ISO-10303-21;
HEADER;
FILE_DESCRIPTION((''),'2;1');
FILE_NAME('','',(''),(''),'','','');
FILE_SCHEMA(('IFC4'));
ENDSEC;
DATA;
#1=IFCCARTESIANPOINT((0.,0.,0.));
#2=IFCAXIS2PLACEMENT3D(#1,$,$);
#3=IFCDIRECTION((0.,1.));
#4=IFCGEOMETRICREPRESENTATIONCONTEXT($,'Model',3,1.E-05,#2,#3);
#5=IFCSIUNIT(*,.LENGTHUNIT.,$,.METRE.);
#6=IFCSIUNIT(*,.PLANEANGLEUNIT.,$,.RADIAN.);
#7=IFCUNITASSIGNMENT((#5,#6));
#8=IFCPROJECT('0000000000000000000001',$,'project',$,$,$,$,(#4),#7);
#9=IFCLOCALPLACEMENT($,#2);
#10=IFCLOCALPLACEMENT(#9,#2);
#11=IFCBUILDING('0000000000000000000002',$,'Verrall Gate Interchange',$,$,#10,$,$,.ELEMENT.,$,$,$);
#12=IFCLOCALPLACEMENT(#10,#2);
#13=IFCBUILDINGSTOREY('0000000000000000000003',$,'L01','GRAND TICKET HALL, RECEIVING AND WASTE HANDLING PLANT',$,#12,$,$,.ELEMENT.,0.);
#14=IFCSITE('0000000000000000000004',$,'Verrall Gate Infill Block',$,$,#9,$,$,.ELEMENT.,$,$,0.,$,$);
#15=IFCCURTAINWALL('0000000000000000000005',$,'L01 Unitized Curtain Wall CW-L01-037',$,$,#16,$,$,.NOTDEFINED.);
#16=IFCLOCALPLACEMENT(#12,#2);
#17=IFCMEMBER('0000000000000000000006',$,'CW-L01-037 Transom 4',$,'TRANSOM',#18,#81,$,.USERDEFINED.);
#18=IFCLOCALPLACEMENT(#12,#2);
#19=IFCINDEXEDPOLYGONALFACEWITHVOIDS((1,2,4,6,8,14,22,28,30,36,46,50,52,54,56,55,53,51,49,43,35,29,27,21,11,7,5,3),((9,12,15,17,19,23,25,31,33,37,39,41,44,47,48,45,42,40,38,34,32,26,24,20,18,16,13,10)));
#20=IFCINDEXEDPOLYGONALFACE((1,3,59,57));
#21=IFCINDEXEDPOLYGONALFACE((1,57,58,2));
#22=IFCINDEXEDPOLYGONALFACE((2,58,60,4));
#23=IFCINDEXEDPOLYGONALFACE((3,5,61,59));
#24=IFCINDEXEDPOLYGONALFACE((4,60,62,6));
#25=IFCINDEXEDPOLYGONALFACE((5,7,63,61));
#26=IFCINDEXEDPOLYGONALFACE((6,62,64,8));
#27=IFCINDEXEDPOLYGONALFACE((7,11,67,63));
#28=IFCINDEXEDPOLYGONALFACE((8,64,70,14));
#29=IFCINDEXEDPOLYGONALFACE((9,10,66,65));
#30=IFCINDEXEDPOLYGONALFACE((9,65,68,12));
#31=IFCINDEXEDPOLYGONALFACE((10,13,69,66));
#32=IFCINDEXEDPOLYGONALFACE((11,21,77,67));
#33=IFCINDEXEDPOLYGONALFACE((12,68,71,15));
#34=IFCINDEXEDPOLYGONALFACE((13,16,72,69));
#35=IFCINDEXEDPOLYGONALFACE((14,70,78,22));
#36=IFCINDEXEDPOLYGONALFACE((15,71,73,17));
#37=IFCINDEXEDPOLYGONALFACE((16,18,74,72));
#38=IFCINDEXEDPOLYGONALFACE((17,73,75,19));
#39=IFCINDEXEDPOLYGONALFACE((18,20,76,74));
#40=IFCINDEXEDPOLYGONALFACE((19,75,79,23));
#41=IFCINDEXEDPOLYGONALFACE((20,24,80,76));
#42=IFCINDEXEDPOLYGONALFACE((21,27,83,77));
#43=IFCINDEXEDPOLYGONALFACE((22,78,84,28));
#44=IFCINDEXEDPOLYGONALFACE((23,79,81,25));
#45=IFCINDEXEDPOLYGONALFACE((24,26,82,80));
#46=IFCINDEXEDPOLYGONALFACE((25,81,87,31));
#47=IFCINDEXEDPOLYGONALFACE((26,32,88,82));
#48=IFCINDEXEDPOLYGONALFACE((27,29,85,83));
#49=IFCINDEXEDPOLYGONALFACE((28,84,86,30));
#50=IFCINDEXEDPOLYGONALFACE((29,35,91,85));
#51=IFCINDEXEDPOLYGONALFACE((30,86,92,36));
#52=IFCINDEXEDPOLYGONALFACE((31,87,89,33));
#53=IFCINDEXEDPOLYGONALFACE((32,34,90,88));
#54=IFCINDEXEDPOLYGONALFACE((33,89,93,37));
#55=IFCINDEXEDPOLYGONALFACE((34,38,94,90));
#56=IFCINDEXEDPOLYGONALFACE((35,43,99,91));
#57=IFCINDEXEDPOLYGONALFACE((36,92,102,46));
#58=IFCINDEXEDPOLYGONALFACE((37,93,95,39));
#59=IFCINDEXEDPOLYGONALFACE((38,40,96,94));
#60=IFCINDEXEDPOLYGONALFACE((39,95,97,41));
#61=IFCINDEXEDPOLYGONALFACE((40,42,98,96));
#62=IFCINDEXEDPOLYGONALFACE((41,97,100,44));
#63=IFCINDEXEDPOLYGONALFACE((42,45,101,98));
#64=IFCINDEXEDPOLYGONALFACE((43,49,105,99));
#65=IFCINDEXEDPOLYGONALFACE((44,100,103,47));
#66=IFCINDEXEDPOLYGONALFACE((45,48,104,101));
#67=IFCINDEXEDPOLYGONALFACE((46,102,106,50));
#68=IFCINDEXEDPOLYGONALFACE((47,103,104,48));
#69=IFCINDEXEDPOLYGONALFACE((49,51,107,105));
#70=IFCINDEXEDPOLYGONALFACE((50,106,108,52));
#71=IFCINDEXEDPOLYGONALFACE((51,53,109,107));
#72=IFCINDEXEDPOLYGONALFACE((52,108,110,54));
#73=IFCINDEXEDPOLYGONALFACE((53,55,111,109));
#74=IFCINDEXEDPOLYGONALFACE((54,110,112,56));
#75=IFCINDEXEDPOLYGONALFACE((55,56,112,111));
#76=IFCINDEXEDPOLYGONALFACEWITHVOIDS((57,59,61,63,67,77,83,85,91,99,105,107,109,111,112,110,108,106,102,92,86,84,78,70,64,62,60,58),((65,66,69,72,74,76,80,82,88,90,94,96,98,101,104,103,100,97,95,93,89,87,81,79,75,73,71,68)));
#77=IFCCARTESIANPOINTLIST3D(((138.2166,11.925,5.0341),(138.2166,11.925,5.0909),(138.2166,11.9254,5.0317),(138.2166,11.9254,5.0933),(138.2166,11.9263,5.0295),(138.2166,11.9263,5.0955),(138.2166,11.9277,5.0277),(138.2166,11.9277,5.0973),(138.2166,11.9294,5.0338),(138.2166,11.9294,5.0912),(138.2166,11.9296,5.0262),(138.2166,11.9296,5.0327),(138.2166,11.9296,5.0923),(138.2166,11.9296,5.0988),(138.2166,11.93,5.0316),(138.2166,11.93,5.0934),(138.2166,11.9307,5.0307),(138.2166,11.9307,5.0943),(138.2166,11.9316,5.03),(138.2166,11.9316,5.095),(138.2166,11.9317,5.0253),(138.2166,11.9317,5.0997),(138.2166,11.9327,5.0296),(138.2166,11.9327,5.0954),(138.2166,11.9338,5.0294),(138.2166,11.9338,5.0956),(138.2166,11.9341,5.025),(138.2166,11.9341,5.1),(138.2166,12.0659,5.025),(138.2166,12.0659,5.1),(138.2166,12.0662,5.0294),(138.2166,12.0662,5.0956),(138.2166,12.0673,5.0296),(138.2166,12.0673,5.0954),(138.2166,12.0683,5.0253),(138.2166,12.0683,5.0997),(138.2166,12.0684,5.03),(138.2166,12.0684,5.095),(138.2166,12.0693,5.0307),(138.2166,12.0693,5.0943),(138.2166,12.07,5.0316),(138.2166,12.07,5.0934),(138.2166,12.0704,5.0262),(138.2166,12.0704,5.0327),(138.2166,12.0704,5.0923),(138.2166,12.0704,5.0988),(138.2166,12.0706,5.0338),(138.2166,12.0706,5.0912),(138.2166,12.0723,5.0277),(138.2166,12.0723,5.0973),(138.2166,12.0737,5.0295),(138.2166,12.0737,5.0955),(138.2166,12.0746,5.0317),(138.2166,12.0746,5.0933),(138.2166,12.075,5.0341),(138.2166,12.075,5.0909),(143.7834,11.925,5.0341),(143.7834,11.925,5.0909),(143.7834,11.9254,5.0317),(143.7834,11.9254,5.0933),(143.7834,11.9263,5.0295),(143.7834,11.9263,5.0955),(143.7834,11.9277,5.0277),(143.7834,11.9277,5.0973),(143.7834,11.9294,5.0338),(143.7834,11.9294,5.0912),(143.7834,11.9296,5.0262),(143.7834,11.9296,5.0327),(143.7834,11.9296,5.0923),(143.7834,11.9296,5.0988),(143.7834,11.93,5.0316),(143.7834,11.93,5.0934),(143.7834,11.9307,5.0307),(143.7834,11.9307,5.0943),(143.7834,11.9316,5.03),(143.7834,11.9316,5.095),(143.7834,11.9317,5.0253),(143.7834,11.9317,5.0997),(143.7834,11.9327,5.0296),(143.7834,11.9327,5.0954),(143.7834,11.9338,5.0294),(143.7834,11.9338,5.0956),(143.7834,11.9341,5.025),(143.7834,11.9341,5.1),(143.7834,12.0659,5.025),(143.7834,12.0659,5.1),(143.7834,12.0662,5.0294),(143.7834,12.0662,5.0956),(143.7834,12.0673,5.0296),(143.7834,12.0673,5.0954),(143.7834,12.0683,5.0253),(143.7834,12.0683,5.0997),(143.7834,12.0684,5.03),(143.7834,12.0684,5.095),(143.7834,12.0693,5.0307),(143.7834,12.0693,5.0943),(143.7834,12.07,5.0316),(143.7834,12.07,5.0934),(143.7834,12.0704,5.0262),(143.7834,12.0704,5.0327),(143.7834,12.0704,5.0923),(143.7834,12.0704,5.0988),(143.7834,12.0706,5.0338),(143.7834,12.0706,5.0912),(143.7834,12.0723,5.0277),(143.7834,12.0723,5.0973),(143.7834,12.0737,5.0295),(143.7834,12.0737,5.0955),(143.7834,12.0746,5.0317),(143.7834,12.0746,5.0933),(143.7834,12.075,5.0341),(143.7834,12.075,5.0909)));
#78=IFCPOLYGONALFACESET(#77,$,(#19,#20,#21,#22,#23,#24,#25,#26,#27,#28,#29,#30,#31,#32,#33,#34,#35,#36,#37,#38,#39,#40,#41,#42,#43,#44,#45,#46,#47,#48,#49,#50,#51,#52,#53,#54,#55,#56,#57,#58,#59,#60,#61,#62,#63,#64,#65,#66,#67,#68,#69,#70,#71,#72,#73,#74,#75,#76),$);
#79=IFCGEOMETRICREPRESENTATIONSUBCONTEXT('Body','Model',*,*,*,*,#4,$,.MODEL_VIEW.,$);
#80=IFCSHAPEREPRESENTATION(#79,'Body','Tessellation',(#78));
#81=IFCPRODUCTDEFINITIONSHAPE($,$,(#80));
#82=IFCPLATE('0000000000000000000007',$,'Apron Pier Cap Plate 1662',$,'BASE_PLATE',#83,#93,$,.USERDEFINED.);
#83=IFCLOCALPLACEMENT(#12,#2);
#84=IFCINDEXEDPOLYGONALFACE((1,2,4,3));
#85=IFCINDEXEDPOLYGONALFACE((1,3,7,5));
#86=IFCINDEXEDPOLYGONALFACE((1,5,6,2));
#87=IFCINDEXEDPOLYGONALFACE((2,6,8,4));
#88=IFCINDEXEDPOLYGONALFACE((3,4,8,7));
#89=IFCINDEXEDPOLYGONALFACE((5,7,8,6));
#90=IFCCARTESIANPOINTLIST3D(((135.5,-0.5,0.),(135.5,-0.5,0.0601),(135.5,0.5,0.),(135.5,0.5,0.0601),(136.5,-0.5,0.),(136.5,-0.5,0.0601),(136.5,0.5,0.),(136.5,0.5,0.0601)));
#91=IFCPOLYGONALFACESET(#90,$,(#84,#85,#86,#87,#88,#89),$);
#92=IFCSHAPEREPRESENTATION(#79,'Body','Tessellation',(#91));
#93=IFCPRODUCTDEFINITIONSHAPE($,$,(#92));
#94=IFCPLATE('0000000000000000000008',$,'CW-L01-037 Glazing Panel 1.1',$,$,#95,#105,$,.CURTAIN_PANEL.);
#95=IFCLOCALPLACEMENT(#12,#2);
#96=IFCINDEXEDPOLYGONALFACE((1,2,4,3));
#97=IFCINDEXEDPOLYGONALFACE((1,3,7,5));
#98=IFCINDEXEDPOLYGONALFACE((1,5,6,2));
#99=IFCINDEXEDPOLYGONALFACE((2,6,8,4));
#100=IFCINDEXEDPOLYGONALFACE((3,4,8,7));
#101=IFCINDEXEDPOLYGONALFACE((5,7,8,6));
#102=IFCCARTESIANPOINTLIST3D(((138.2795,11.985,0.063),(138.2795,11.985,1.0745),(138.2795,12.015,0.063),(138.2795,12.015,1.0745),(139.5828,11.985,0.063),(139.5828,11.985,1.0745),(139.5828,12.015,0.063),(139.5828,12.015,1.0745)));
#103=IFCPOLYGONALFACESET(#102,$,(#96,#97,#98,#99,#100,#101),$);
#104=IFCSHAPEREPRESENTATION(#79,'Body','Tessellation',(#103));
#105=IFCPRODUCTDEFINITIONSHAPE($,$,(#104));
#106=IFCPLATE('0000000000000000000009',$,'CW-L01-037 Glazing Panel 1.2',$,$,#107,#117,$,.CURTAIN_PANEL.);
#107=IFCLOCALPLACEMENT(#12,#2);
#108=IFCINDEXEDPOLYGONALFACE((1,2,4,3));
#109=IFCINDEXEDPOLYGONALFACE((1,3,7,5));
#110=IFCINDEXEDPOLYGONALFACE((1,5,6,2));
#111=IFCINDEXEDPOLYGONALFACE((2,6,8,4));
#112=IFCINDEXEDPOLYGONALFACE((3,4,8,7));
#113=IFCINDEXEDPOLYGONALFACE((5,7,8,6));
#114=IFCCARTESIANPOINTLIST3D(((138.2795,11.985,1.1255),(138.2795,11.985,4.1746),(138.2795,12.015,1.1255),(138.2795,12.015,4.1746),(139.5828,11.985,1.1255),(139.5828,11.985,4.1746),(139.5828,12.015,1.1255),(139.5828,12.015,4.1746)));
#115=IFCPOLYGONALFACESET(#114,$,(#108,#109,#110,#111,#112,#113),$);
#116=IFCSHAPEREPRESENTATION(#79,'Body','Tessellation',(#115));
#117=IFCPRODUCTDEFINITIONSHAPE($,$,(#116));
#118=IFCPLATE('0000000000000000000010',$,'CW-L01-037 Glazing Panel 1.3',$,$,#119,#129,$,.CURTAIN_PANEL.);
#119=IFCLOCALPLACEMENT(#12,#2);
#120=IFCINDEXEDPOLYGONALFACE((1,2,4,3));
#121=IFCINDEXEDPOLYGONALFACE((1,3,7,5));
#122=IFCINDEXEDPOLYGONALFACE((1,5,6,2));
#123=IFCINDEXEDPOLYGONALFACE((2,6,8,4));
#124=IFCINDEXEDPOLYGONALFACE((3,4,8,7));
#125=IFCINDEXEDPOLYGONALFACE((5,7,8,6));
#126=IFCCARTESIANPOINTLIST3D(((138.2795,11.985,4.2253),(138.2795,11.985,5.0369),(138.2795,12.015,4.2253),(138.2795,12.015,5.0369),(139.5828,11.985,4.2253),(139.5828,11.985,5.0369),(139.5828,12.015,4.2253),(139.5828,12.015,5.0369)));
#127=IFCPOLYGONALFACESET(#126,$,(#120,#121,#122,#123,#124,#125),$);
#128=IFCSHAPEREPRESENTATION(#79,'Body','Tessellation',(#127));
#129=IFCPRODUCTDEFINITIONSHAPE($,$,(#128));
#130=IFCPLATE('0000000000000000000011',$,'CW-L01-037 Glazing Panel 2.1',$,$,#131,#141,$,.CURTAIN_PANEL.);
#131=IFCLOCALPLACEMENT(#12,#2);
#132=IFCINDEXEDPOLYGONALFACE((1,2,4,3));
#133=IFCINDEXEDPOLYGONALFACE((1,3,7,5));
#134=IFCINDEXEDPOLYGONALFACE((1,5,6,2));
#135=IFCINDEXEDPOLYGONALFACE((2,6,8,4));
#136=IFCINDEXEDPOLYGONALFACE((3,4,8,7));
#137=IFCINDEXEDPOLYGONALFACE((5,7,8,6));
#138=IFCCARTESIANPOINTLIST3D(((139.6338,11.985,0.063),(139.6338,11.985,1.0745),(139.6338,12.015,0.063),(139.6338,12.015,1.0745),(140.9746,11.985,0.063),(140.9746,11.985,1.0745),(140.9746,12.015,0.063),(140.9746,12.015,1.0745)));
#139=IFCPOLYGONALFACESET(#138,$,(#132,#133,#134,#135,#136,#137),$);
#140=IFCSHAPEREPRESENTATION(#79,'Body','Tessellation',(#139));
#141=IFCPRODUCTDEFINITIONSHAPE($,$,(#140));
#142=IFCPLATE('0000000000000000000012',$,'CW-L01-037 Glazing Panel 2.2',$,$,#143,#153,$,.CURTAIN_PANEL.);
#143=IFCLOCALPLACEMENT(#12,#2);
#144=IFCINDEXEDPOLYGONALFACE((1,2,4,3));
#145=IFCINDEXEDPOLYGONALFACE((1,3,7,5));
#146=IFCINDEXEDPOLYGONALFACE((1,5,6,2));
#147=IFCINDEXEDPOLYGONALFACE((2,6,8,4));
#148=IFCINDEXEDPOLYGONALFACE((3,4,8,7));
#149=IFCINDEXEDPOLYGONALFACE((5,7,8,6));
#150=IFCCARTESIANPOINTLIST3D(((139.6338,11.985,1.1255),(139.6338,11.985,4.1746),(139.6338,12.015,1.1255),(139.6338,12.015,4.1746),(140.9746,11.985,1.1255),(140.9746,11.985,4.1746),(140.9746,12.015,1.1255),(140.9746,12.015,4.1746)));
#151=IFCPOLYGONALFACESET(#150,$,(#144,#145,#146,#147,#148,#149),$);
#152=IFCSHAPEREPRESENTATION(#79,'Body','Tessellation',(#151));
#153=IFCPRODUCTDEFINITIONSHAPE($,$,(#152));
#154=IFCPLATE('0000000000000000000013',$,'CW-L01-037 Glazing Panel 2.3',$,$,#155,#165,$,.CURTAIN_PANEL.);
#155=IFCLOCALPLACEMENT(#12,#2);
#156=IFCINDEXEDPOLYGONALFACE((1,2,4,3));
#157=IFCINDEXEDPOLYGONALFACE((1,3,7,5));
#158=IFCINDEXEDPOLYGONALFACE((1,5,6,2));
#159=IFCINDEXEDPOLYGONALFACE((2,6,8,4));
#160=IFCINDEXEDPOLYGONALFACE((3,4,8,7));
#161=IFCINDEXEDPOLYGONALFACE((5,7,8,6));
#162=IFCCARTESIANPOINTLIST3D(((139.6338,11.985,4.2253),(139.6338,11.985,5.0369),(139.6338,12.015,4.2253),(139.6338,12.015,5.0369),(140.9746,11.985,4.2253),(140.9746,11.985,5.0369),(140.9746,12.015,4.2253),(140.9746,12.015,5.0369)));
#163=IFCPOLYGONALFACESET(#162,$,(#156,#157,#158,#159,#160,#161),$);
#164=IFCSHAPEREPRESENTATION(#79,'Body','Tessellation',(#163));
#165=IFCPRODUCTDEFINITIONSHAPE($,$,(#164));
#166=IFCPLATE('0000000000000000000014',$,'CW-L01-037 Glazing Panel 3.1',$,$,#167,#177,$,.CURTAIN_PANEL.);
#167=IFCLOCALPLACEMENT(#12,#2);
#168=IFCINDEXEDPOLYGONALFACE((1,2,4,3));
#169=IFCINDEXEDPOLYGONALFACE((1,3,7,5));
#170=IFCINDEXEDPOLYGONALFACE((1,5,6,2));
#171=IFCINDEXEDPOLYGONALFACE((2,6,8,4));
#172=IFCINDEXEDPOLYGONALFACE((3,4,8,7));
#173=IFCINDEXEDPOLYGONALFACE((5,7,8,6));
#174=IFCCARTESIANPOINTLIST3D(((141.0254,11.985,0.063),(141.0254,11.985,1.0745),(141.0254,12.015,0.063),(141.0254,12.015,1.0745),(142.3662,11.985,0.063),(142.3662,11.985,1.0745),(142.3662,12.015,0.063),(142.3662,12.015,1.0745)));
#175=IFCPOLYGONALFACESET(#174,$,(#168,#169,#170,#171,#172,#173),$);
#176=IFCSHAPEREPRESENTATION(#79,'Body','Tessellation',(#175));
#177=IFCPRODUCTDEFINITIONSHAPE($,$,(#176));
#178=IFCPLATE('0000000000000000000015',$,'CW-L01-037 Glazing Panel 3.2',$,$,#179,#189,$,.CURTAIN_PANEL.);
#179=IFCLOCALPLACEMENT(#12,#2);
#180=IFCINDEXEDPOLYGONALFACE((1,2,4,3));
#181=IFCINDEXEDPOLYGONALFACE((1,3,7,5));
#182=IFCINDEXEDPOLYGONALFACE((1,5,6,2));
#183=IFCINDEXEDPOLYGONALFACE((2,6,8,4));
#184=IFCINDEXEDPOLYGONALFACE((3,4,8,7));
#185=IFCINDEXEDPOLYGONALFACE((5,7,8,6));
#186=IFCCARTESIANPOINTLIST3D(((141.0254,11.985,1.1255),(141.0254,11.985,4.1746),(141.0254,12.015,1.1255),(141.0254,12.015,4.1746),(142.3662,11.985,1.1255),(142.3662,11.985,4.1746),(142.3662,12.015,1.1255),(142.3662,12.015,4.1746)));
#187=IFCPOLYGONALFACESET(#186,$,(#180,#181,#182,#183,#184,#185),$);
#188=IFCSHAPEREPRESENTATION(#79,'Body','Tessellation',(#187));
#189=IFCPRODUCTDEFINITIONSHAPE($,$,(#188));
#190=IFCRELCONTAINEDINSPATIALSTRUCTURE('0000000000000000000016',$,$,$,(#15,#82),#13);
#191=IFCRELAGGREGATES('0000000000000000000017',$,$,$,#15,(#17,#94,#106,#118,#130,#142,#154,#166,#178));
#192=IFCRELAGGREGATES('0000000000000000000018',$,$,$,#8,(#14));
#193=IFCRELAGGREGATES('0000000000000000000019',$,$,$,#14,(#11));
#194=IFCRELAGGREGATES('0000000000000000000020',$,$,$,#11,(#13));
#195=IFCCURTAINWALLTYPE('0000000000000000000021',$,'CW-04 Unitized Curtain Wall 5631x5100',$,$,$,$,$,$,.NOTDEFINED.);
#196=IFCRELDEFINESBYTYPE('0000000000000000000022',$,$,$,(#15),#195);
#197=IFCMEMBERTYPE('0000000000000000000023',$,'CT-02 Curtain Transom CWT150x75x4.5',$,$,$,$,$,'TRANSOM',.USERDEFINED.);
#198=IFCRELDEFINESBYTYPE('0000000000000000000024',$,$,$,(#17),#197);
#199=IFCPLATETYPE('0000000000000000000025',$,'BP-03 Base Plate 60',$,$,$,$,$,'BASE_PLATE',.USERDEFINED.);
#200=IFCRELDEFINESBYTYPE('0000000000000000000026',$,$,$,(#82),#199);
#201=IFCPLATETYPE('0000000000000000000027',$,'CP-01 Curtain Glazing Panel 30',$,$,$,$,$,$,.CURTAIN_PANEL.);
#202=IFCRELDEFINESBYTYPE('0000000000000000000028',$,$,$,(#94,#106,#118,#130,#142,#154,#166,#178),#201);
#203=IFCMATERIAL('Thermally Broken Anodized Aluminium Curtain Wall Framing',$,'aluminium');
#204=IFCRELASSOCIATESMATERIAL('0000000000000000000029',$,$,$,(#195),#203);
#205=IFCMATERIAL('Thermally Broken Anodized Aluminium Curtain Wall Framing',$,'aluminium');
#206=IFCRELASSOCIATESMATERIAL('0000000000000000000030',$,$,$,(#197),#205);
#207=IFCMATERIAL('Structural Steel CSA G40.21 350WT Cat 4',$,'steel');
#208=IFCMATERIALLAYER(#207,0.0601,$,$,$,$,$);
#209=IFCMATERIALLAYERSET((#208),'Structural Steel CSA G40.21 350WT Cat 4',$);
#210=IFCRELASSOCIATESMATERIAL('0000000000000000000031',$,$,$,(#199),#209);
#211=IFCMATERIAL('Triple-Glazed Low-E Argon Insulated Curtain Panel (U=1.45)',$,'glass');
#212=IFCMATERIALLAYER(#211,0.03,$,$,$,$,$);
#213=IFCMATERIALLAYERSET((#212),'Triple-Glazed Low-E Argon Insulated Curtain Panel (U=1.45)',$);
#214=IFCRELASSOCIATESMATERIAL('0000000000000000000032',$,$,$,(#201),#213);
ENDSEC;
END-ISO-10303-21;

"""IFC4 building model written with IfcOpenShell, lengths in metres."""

from ifc_helpers import new_model, si_unit, direction, frame, origin, origin_2d, place, context, subcontext, project, spatial, rectangle, hollow_rectangle, extrude, material, layer, layer_set, material_profile, profile_set, type_object, element, aggregate, save


model = new_model("IFC4")

# Units and contexts
model_context = context("Model", 3, precision=1e-05, world=origin(), true_north=direction((0.0, 1.0)))
body_context = subcontext(model_context, "Body", "Model", "MODEL_VIEW")
ifc_project = project(units=[si_unit("LENGTHUNIT", "METRE"), si_unit("PLANEANGLEUNIT", "RADIAN")], contexts=[model_context])

# Site, building, storey
site_placement = place(None, origin())
site = spatial("IfcSite", under=ifc_project, at=site_placement, Name="Verrall Gate Infill Block", CompositionType="ELEMENT", RefElevation=0.0)
building_placement = place(site_placement, origin())
building = spatial("IfcBuilding", under=site, at=building_placement, Name="Verrall Gate Interchange", CompositionType="ELEMENT")
storey_placement = place(building_placement, origin())
storey = spatial("IfcBuildingStorey", under=building, at=storey_placement, Name="L01", Description="GRAND TICKET HALL, RECEIVING AND WASTE HANDLING PLANT", CompositionType="ELEMENT", Elevation=0.0)

# Curtain wall, member
ifc_material_1 = material(Name="Thermally Broken Anodized Aluminium Curtain Wall Framing", Category="aluminium")
curtain_wall_type = type_object("IfcCurtainWallType", Name="CW-04 Unitized Curtain Wall 5631x5100", PredefinedType="NOTDEFINED", material=ifc_material_1)
curtain_wall_placement = place(storey_placement, origin())
curtain_wall = element("IfcCurtainWall", 1, at=curtain_wall_placement, inside=storey, type_object=curtain_wall_type, Name="L01 Unitized Curtain Wall CW-L01-037", PredefinedType="NOTDEFINED")
ifc_material_2 = material(Name="Thermally Broken Anodized Aluminium Curtain Wall Framing", Category="aluminium")
ifc_material_profile_1 = material_profile(ifc_material_2, hollow_rectangle(XDim=0.1499, YDim=0.075, WallThickness=0.0044, InnerFilletRadius=0.0044, OuterFilletRadius=0.009, at=origin_2d()), Name="CWT150x75x4.5")
ifc_profile_set_1 = profile_set([ifc_material_profile_1], Name="Thermally Broken Anodized Aluminium Curtain Wall Framing")
member_type_1 = type_object("IfcMemberType", Name="CT-02 Curtain Transom CWT150x75x4.5", ElementType="TRANSOM", PredefinedType="USERDEFINED", material=ifc_profile_set_1)
member_1_placement = place(storey_placement, frame((138.2166, 12.0, 5.0625), z_axis=(1.0, 0.0, 0.0), x_axis=(0.0, 1.0, 0.0)))
member_1 = element("IfcMember", 2, at=member_1_placement, type_object=member_type_1, Name="CW-L01-037 Transom 4", ObjectType="TRANSOM", PredefinedType="USERDEFINED", context=body_context, shape_type="SweptSolid", body=[
    extrude(hollow_rectangle(XDim=0.1499, YDim=0.075, WallThickness=0.0044, InnerFilletRadius=0.0044, OuterFilletRadius=0.009, at=origin_2d()), origin(), (0.0, 0.0, 1.0), 5.5669),
])

# Plates
ifc_material_3 = material(Name="Structural Steel CSA G40.21 350WT Cat 4", Category="steel")
ifc_layer_1 = layer(ifc_material_3, 0.0601)
ifc_layer_set_1 = layer_set([ifc_layer_1], Name="Structural Steel CSA G40.21 350WT Cat 4")
plate_type_1 = type_object("IfcPlateType", Name="BP-03 Base Plate 60", ElementType="BASE_PLATE", PredefinedType="USERDEFINED", material=ifc_layer_set_1)
plate_1_placement = place(storey_placement, frame((136.0, 0.0, 0.0), z_axis=(0.0, 0.0, 1.0), x_axis=(1.0, 0.0, 0.0)))
element("IfcPlate", 3, at=plate_1_placement, inside=storey, type_object=plate_type_1, Name="Apron Pier Cap Plate 1662", ObjectType="BASE_PLATE", PredefinedType="USERDEFINED", context=body_context, shape_type="SweptSolid", body=[
    extrude(rectangle(XDim=1.0, YDim=1.0, at=origin_2d()), origin(), (0.0, 0.0, 1.0), 0.0601),
])
ifc_material_4 = material(Name="Triple-Glazed Low-E Argon Insulated Curtain Panel (U=1.45)", Category="glass")
ifc_layer_2 = layer(ifc_material_4, 0.03)
ifc_layer_set_2 = layer_set([ifc_layer_2], Name="Triple-Glazed Low-E Argon Insulated Curtain Panel (U=1.45)")
plate_type_2 = type_object("IfcPlateType", Name="CP-01 Curtain Glazing Panel 30", PredefinedType="CURTAIN_PANEL", material=ifc_layer_set_2)
plate_2_placement = place(storey_placement, frame((138.9312, 12.0, 0.063), z_axis=(0.0, 0.0, 1.0), x_axis=(1.0, 0.0, 0.0)))
plate_2 = element("IfcPlate", 4, at=plate_2_placement, type_object=plate_type_2, Name="CW-L01-037 Glazing Panel 1.1", PredefinedType="CURTAIN_PANEL", context=body_context, shape_type="SweptSolid", body=[
    extrude(rectangle(XDim=1.3032, YDim=0.03, at=origin_2d()), origin(), (0.0, 0.0, 1.0), 1.0115),
])
plate_3_placement = place(storey_placement, frame((138.9312, 12.0, 1.1255), z_axis=(0.0, 0.0, 1.0), x_axis=(1.0, 0.0, 0.0)))
plate_3 = element("IfcPlate", 5, at=plate_3_placement, type_object=plate_type_2, Name="CW-L01-037 Glazing Panel 1.2", PredefinedType="CURTAIN_PANEL", context=body_context, shape_type="SweptSolid", body=[
    extrude(rectangle(XDim=1.3032, YDim=0.03, at=origin_2d()), origin(), (0.0, 0.0, 1.0), 3.0491),
])
plate_4_placement = place(storey_placement, frame((138.9312, 12.0, 4.2253), z_axis=(0.0, 0.0, 1.0), x_axis=(1.0, 0.0, 0.0)))
plate_4 = element("IfcPlate", 6, at=plate_4_placement, type_object=plate_type_2, Name="CW-L01-037 Glazing Panel 1.3", PredefinedType="CURTAIN_PANEL", context=body_context, shape_type="SweptSolid", body=[
    extrude(rectangle(XDim=1.3032, YDim=0.03, at=origin_2d()), origin(), (0.0, 0.0, 1.0), 0.8115),
])
plate_5_placement = place(storey_placement, frame((140.3042, 12.0, 0.063), z_axis=(0.0, 0.0, 1.0), x_axis=(1.0, 0.0, 0.0)))
plate_5 = element("IfcPlate", 7, at=plate_5_placement, type_object=plate_type_2, Name="CW-L01-037 Glazing Panel 2.1", PredefinedType="CURTAIN_PANEL", context=body_context, shape_type="SweptSolid", body=[
    extrude(rectangle(XDim=1.3408, YDim=0.03, at=origin_2d()), origin(), (0.0, 0.0, 1.0), 1.0115),
])
plate_6_placement = place(storey_placement, frame((140.3042, 12.0, 1.1255), z_axis=(0.0, 0.0, 1.0), x_axis=(1.0, 0.0, 0.0)))
plate_6 = element("IfcPlate", 8, at=plate_6_placement, type_object=plate_type_2, Name="CW-L01-037 Glazing Panel 2.2", PredefinedType="CURTAIN_PANEL", context=body_context, shape_type="SweptSolid", body=[
    extrude(rectangle(XDim=1.3408, YDim=0.03, at=origin_2d()), origin(), (0.0, 0.0, 1.0), 3.0491),
])
plate_7_placement = place(storey_placement, frame((140.3042, 12.0, 4.2253), z_axis=(0.0, 0.0, 1.0), x_axis=(1.0, 0.0, 0.0)))
plate_7 = element("IfcPlate", 9, at=plate_7_placement, type_object=plate_type_2, Name="CW-L01-037 Glazing Panel 2.3", PredefinedType="CURTAIN_PANEL", context=body_context, shape_type="SweptSolid", body=[
    extrude(rectangle(XDim=1.3408, YDim=0.03, at=origin_2d()), origin(), (0.0, 0.0, 1.0), 0.8115),
])
plate_8_placement = place(storey_placement, frame((141.6958, 12.0, 0.063), z_axis=(0.0, 0.0, 1.0), x_axis=(1.0, 0.0, 0.0)))
plate_8 = element("IfcPlate", 10, at=plate_8_placement, type_object=plate_type_2, Name="CW-L01-037 Glazing Panel 3.1", PredefinedType="CURTAIN_PANEL", context=body_context, shape_type="SweptSolid", body=[
    extrude(rectangle(XDim=1.3408, YDim=0.03, at=origin_2d()), origin(), (0.0, 0.0, 1.0), 1.0115),
])
plate_9_placement = place(storey_placement, frame((141.6958, 12.0, 1.1255), z_axis=(0.0, 0.0, 1.0), x_axis=(1.0, 0.0, 0.0)))
plate_9 = element("IfcPlate", 11, at=plate_9_placement, type_object=plate_type_2, Name="CW-L01-037 Glazing Panel 3.2", PredefinedType="CURTAIN_PANEL", context=body_context, shape_type="SweptSolid", body=[
    extrude(rectangle(XDim=1.3408, YDim=0.03, at=origin_2d()), origin(), (0.0, 0.0, 1.0), 3.0491),
])
aggregate(curtain_wall, [member_1, plate_2, plate_3, plate_4, plate_5, plate_6, plate_7, plate_8, plate_9])

save(model, "model.ifc")
